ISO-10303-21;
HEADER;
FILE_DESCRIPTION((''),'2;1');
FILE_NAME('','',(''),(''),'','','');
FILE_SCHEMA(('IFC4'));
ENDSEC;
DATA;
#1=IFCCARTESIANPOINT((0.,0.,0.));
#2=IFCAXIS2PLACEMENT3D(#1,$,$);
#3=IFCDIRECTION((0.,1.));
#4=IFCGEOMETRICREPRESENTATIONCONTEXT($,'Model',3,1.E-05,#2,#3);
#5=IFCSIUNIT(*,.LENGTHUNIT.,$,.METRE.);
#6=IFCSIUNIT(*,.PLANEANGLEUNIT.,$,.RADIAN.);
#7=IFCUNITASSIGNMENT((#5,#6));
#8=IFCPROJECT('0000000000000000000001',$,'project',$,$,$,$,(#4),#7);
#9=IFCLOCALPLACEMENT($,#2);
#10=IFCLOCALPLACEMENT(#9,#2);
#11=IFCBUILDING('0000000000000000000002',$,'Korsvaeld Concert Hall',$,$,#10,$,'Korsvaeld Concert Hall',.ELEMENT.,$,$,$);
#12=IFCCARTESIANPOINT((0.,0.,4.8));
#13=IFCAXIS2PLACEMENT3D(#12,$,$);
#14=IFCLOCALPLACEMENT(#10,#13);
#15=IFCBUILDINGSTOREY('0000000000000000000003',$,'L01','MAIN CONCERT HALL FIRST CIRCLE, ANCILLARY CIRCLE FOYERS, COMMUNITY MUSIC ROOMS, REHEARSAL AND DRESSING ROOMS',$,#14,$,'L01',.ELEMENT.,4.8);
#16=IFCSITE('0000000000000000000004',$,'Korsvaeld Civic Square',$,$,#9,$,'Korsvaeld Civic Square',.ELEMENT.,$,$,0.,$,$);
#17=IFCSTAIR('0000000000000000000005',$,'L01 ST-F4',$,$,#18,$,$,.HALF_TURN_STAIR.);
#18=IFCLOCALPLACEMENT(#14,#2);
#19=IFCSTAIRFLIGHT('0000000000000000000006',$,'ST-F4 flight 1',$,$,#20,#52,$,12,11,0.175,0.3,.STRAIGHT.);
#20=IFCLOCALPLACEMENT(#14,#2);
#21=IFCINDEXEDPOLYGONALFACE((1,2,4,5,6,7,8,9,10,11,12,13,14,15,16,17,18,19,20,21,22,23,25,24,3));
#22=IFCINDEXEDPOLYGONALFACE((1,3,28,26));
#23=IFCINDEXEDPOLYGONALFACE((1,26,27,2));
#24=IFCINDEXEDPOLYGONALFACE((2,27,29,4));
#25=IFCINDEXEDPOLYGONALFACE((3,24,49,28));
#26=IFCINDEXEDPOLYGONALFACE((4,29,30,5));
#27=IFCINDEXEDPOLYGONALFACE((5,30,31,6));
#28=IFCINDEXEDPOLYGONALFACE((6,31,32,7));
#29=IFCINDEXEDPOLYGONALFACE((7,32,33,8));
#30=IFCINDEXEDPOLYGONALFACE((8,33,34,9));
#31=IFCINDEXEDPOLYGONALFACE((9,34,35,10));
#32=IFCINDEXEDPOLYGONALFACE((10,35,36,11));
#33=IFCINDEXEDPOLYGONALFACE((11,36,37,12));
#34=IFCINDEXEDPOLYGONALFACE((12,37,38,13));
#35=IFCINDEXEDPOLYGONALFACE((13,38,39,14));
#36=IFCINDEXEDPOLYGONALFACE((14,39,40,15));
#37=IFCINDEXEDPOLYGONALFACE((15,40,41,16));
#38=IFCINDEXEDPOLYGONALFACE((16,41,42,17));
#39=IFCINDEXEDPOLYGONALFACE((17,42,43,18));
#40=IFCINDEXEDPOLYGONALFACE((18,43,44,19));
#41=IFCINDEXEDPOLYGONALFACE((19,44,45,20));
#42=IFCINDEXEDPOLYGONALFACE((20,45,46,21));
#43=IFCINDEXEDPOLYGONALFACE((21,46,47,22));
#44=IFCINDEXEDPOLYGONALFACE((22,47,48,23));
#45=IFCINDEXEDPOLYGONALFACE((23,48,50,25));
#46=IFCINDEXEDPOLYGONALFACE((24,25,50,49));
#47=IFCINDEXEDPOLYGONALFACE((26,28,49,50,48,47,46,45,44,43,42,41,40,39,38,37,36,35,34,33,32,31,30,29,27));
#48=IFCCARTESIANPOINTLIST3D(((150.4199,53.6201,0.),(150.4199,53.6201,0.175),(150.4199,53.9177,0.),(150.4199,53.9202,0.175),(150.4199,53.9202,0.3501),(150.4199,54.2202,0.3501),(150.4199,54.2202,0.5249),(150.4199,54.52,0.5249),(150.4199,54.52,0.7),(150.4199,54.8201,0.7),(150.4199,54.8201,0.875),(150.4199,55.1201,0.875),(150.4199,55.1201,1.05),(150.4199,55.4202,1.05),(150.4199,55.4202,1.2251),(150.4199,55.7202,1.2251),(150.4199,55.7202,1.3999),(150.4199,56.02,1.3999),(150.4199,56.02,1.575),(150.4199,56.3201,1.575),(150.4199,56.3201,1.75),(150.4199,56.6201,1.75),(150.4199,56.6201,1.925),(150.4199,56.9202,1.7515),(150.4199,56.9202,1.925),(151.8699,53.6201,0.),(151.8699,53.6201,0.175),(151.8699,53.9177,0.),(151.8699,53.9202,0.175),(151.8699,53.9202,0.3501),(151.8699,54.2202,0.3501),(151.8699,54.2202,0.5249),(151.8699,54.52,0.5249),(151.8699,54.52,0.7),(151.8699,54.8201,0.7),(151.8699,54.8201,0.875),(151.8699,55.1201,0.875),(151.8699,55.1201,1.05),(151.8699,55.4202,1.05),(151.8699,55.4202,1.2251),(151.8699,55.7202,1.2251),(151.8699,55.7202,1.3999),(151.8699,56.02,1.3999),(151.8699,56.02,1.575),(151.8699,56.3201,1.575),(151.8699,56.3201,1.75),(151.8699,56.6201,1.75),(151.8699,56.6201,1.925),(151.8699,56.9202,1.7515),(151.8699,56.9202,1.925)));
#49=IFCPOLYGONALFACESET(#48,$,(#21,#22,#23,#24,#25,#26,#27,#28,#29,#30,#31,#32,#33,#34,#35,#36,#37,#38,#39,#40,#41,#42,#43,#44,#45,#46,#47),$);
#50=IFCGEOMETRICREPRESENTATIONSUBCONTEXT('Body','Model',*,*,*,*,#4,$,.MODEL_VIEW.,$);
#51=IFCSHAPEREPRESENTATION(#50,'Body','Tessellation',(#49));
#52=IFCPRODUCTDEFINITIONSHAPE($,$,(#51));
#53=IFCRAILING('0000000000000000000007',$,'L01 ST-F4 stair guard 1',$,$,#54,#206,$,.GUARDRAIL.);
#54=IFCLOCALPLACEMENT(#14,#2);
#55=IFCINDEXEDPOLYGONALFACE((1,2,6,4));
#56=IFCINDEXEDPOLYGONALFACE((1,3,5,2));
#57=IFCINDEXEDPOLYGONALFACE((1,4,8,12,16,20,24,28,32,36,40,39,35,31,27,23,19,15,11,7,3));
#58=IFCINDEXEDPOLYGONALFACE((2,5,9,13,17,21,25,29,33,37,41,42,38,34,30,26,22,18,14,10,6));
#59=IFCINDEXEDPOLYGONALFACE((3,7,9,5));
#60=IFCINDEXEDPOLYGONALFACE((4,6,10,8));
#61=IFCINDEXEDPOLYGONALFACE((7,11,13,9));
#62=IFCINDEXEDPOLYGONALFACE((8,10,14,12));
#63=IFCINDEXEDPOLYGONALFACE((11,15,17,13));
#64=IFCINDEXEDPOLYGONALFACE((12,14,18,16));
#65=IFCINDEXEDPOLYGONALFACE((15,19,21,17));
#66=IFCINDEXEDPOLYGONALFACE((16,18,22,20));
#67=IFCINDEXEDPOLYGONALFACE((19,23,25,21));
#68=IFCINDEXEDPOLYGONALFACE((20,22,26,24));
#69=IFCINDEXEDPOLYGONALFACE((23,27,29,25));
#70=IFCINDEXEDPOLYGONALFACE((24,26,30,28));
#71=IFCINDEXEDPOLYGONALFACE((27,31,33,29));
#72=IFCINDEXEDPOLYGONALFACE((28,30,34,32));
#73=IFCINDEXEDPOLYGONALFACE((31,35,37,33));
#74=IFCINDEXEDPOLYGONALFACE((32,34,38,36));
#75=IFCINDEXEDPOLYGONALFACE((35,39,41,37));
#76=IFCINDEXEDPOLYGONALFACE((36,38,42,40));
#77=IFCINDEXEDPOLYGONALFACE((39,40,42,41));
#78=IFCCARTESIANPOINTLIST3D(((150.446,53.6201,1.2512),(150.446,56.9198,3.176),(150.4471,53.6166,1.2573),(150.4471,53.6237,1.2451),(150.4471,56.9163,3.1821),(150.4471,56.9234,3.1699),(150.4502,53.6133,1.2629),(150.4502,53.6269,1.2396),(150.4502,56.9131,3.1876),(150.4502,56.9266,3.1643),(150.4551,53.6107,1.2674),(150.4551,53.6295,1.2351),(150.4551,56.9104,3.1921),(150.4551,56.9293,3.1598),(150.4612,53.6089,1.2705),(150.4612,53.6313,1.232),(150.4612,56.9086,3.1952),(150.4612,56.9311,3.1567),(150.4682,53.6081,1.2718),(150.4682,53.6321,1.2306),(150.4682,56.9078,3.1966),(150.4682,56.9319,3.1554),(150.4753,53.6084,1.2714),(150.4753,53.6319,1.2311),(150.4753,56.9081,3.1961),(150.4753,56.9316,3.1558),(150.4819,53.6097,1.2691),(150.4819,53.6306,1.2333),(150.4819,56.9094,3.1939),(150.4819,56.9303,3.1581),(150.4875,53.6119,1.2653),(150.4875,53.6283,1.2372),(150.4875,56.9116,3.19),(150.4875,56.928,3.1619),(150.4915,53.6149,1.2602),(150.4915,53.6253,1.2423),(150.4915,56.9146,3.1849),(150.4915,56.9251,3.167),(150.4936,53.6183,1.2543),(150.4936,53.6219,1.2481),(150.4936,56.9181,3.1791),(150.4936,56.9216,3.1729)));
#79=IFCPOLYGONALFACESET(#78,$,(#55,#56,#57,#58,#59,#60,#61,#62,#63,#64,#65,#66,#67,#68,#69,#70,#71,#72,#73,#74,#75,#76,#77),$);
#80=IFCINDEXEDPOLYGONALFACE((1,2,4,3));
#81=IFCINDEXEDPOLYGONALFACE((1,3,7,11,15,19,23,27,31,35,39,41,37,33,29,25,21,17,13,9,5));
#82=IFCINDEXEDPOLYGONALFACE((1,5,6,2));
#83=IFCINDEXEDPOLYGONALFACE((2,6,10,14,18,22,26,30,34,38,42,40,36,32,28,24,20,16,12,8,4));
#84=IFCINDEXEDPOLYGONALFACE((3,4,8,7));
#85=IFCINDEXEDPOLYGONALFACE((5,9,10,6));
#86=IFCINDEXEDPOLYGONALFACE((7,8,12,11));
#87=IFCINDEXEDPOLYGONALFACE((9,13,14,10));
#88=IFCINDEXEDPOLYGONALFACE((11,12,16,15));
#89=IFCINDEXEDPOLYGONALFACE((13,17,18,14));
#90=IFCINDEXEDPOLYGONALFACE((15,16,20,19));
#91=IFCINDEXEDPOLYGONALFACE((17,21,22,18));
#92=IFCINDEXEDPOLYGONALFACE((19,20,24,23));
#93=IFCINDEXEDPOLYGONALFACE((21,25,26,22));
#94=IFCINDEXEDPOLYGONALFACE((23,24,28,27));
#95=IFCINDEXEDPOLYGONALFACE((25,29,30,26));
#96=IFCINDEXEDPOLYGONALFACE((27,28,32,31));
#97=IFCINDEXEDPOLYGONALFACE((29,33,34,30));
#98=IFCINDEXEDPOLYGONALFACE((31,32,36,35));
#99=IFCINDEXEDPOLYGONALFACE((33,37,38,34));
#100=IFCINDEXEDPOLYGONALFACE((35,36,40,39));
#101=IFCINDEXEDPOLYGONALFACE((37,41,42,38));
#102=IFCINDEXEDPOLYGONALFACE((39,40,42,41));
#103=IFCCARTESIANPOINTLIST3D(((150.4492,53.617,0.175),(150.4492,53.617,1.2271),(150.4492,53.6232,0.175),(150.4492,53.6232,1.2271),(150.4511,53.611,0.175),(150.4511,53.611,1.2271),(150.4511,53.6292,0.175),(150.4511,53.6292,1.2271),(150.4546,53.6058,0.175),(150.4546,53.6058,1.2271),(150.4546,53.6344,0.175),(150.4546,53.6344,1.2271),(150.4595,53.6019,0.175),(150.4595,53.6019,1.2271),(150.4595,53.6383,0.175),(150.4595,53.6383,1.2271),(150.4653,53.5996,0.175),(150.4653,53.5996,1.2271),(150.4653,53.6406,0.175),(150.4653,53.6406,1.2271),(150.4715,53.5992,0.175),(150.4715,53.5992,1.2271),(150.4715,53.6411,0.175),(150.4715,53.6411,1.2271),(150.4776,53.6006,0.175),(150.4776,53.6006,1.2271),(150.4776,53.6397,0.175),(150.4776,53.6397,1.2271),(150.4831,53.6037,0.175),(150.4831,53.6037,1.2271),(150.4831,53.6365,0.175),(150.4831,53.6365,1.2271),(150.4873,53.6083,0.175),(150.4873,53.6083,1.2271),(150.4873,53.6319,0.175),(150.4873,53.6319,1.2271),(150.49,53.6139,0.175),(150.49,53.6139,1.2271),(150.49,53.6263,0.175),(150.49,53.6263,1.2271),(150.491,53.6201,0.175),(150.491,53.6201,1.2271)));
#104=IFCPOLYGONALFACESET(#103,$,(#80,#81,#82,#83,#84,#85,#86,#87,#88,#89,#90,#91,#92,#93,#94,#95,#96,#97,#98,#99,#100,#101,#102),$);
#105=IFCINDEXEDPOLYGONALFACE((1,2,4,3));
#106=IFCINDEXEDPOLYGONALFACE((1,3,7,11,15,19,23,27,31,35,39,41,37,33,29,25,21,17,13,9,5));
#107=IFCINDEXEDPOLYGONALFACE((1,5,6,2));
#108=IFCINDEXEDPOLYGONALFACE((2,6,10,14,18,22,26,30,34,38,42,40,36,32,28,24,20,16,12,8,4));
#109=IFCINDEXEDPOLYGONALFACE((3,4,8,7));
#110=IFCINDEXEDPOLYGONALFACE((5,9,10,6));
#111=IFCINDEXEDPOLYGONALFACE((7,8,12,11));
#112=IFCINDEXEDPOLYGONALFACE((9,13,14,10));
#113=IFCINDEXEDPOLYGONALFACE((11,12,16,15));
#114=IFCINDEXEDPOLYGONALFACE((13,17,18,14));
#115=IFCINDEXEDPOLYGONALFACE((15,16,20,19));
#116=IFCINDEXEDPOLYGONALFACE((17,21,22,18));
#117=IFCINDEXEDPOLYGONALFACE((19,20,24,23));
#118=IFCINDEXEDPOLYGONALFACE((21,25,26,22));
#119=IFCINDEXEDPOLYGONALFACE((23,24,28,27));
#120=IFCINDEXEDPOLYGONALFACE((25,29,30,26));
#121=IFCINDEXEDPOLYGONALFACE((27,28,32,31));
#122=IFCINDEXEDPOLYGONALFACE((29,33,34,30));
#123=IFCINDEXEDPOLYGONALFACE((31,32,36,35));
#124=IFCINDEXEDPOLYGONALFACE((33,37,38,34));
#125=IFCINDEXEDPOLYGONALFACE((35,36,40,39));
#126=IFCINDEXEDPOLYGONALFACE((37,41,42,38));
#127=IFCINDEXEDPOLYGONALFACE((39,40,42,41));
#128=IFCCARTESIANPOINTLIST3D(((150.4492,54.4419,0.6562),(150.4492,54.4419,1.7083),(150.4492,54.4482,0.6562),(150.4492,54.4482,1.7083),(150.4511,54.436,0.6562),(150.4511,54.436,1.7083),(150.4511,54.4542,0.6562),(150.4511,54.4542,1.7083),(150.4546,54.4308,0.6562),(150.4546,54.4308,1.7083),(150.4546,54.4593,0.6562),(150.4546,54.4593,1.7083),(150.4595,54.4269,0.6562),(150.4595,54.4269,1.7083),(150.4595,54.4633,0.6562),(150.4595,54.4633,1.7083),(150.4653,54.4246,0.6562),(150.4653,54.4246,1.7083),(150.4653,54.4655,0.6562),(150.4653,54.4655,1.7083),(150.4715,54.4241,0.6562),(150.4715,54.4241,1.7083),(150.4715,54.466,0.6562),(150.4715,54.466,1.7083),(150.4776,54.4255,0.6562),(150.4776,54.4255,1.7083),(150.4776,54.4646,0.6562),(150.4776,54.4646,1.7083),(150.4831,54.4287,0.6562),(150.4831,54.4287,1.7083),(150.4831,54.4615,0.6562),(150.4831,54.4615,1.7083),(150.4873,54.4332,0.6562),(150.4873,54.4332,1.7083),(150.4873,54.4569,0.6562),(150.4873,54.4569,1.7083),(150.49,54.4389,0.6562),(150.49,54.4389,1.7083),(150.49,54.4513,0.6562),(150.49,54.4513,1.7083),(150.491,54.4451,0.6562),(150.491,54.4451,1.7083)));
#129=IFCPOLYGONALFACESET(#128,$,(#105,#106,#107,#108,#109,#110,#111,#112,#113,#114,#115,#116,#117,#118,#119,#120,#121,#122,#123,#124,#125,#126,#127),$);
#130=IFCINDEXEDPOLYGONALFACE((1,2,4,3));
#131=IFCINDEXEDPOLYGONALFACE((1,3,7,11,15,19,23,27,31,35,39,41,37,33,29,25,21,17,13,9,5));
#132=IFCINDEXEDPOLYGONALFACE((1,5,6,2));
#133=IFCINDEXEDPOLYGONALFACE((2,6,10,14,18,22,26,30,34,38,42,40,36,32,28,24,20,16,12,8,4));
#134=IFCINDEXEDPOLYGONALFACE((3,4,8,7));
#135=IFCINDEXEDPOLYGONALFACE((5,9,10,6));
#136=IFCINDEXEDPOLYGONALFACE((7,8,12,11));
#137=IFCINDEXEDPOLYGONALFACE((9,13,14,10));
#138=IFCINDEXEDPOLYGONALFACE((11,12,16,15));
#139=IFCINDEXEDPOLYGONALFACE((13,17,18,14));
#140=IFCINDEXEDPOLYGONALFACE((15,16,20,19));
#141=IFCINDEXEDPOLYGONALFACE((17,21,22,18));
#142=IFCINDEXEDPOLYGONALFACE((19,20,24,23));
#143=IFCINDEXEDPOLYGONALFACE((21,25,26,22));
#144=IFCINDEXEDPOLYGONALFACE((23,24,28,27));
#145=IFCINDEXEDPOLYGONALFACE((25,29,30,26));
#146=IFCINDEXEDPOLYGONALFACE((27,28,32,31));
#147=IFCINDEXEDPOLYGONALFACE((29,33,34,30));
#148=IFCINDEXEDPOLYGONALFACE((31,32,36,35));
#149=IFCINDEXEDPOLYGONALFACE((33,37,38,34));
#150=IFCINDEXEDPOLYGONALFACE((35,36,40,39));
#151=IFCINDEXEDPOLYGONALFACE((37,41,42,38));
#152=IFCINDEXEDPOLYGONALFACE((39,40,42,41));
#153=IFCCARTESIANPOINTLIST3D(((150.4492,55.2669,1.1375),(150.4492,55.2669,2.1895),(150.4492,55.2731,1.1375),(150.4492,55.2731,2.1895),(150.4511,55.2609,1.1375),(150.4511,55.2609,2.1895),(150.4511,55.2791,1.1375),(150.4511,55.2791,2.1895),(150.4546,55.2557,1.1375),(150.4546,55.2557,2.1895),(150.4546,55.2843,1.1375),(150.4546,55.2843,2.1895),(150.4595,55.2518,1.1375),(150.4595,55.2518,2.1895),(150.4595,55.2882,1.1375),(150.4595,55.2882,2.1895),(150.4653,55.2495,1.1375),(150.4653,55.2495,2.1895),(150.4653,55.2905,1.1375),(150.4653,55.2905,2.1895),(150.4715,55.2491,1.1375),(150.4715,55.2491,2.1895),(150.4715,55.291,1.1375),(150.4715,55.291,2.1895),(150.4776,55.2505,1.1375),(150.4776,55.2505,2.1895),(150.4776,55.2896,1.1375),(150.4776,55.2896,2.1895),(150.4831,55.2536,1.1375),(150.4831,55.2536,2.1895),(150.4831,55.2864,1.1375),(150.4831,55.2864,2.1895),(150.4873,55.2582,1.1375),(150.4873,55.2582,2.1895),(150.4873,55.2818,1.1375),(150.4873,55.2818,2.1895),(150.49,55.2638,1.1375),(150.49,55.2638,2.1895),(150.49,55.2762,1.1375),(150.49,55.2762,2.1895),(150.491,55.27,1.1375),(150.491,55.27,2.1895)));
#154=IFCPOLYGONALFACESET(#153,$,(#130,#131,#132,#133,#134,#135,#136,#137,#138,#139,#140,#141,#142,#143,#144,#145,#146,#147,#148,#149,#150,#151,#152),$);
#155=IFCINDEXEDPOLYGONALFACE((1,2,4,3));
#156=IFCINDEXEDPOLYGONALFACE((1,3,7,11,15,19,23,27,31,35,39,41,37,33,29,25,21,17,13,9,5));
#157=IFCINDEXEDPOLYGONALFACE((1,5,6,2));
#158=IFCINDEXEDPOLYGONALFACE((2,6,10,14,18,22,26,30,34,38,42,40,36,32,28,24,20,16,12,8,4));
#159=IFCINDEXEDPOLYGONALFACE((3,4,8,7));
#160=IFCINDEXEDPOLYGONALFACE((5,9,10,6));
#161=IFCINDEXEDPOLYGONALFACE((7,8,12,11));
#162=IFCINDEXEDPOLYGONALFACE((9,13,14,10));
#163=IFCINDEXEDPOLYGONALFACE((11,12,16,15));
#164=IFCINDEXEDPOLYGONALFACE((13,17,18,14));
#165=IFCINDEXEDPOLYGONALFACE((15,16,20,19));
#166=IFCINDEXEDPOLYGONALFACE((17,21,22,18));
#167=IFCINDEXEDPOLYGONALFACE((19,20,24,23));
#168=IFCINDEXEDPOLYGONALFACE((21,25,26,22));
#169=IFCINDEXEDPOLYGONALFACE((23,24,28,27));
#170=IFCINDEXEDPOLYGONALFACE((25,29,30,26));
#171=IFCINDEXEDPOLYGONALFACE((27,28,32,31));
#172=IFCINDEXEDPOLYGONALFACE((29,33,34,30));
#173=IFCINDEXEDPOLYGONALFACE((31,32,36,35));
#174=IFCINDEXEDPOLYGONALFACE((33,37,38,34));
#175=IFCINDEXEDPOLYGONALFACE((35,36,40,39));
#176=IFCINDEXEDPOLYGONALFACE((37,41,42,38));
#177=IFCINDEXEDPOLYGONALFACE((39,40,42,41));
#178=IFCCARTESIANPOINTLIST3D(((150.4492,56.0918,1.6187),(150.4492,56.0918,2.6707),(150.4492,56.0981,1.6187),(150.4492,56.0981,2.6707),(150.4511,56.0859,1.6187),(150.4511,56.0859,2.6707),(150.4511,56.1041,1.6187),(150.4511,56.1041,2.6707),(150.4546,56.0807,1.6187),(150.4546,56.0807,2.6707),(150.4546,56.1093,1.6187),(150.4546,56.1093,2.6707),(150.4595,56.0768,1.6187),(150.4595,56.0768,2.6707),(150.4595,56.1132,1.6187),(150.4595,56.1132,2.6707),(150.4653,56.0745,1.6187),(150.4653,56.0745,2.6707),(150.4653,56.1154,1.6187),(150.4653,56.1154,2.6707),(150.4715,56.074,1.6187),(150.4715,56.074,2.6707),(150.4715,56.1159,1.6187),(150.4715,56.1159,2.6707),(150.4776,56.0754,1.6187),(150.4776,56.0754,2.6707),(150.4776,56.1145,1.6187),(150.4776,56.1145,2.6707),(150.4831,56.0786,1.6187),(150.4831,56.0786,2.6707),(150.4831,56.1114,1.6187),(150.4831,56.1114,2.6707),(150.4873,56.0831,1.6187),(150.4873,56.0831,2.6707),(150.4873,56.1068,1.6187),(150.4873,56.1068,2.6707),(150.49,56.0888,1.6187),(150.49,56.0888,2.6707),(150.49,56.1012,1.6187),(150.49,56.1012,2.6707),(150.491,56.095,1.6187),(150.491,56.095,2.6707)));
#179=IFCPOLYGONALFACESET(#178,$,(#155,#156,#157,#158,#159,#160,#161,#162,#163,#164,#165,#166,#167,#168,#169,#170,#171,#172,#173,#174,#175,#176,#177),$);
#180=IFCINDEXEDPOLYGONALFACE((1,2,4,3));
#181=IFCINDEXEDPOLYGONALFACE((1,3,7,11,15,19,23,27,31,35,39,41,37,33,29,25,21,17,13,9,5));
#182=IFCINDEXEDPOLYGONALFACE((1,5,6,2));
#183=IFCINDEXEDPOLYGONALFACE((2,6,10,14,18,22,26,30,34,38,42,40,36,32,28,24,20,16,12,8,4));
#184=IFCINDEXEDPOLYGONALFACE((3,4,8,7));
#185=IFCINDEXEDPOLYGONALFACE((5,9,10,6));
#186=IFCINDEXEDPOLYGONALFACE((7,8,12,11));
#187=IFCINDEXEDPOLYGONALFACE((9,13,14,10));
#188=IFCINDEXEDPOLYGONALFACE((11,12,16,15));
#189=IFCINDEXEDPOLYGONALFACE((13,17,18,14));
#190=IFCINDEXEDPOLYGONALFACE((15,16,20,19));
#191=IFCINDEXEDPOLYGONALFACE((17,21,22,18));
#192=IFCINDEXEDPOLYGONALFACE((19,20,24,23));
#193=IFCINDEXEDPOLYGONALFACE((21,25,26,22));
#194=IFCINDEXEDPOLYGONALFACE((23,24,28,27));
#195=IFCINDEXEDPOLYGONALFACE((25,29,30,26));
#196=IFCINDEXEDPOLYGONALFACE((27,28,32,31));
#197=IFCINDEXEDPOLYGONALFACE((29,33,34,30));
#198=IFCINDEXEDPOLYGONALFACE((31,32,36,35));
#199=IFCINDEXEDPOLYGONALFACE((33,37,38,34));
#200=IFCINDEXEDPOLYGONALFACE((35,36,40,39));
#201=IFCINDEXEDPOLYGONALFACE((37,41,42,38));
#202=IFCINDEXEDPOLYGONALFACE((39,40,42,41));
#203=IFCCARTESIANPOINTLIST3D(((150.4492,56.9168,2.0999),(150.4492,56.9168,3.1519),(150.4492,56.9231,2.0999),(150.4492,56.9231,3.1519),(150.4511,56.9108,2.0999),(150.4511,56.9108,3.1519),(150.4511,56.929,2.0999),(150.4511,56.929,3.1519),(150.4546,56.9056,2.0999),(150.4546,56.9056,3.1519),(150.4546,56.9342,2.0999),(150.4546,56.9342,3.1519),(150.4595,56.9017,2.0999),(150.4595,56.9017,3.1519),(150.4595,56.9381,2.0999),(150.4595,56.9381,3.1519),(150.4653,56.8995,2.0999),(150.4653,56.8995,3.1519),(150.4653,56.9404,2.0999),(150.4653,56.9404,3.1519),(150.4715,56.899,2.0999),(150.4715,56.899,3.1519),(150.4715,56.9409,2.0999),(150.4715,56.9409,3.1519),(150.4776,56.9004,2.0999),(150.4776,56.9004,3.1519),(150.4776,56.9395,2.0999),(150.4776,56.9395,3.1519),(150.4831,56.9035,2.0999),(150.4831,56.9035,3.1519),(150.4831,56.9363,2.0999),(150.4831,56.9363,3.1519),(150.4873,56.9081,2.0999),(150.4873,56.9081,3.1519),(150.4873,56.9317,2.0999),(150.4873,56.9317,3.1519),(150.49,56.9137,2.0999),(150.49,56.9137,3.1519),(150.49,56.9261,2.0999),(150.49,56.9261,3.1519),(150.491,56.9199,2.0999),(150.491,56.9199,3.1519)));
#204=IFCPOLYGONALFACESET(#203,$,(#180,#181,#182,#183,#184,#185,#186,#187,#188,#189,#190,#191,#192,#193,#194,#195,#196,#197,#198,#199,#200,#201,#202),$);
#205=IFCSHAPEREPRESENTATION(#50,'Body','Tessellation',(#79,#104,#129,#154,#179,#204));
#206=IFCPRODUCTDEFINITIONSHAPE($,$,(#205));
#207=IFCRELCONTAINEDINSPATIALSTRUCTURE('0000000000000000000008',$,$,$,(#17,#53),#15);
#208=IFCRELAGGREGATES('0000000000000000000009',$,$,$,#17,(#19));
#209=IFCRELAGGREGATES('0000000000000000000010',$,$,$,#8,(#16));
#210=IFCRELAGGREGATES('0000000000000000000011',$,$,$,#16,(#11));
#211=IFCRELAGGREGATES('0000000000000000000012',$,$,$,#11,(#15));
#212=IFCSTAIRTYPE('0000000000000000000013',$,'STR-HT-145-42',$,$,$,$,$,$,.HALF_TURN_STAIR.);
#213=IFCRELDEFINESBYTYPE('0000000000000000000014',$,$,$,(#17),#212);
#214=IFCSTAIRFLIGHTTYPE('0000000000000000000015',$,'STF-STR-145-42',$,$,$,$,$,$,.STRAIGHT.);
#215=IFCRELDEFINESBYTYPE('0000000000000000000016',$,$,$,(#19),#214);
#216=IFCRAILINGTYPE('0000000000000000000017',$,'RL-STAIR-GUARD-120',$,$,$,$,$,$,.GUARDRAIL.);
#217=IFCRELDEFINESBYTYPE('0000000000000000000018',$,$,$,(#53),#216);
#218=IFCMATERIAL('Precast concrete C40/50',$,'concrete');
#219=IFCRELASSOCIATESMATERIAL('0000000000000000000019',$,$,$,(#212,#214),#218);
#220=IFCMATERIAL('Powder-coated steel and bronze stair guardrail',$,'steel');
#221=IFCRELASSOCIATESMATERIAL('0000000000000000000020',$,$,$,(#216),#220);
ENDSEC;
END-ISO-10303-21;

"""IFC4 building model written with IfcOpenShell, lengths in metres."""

from ifc_helpers import new_model, si_unit, direction, frame, origin, origin_2d, place, context, subcontext, project, spatial, polyline, circle, outline, extrude, material, type_object, element, aggregate, save


model = new_model("IFC4")

# Units and contexts
model_context = context("Model", 3, precision=1e-05, world=origin(), true_north=direction((0.0, 1.0)))
body_context = subcontext(model_context, "Body", "Model", "MODEL_VIEW")
ifc_project = project(units=[si_unit("LENGTHUNIT", "METRE"), si_unit("PLANEANGLEUNIT", "RADIAN")], contexts=[model_context])

# Site, building, storey
site_placement = place(None, origin())
site = spatial("IfcSite", under=ifc_project, at=site_placement, Name="Korsvaeld Civic Square", LongName="Korsvaeld Civic Square", CompositionType="ELEMENT", RefElevation=0.0)
building_placement = place(site_placement, origin())
building = spatial("IfcBuilding", under=site, at=building_placement, Name="Korsvaeld Concert Hall", LongName="Korsvaeld Concert Hall", CompositionType="ELEMENT")
storey_placement = place(building_placement, frame((0.0, 0.0, 4.8)))
storey = spatial("IfcBuildingStorey", under=building, at=storey_placement, Name="L01", Description="MAIN CONCERT HALL FIRST CIRCLE, ANCILLARY CIRCLE FOYERS, COMMUNITY MUSIC ROOMS, REHEARSAL AND DRESSING ROOMS", LongName="L01", CompositionType="ELEMENT", Elevation=4.8)

# Stair, stair flight
ifc_material_1 = material(Name="Precast concrete C40/50", Category="concrete")
stair_type = type_object("IfcStairType", Name="STR-HT-145-42", PredefinedType="HALF_TURN_STAIR", material=ifc_material_1)
stair_placement = place(storey_placement, origin())
stair = element("IfcStair", 1, at=stair_placement, inside=storey, type_object=stair_type, Name="L01 ST-F4", PredefinedType="HALF_TURN_STAIR")
stair_flight_type = type_object("IfcStairFlightType", Name="STF-STR-145-42", PredefinedType="STRAIGHT", material=ifc_material_1)
stair_flight_placement = place(storey_placement, frame((151.145, 53.6201, 0.0), z_axis=(0.0, 0.0, 1.0), x_axis=(0.0, 1.0, 0.0)))
stair_flight = element("IfcStairFlight", 2, at=stair_flight_placement, type_object=stair_flight_type, Name="ST-F4 flight 1", NumberOfRisers=12, NumberOfTreads=11, PredefinedType="STRAIGHT", RiserHeight=0.175, TreadLength=0.3, context=body_context, shape_type="SweptSolid", body=[
    extrude(outline(polyline([(0.0, 0.0), (0.0, 0.175), (0.3, 0.175), (0.3, 0.3501), (0.6001, 0.3501), (0.6001, 0.5249), (0.8999, 0.5249), (0.8999, 0.7), (1.2, 0.7), (1.2, 0.875), (1.5, 0.875), (1.5, 1.05), (1.8, 1.05), (1.8, 1.2251), (2.1001, 1.2251), (2.1001, 1.3999), (2.3999, 1.3999), (2.3999, 1.575), (2.7, 1.575), (2.7, 1.75), (3.0, 1.75), (3.0, 1.925), (3.3, 1.925), (3.3, 2.1001), (3.3, 1.7515), (0.2976, 0.0), (0.0, 0.0)])), frame((0.0, 0.7251, 0.0), z_axis=(0.0, -1.0, 0.0), x_axis=(1.0, 0.0, 0.0)), (0.0, 0.0, 1.0), 1.45),
])
aggregate(stair, [stair_flight])

# Railing
ifc_material_2 = material(Name="Powder-coated steel and bronze stair guardrail", Category="steel")
railing_type_1 = type_object("IfcRailingType", Name="RL-STAIR-GUARD-120", PredefinedType="GUARDRAIL", material=ifc_material_2)
railing_1_placement = place(storey_placement, frame((150.47, 53.6201, 0.175)))
element("IfcRailing", 3, at=railing_1_placement, inside=storey, type_object=railing_type_1, Name="L01 ST-F4 stair guard 1", PredefinedType="GUARDRAIL", context=body_context, shape_type="SweptSolid", body=[
    extrude(circle(Radius=0.0239, at=origin_2d()), frame((0.0, 0.0, 1.0762), z_axis=(0.0, 0.863788, 0.503855), x_axis=(-1.0, 0.0, 0.0)), (0.0, 0.0, 1.0), 3.8201),
    extrude(circle(Radius=0.021, at=origin_2d()), origin(), (0.0, 0.0, 1.0), 1.052),
    extrude(circle(Radius=0.021, at=origin_2d()), frame((0.0, 0.825, 0.4812)), (0.0, 0.0, 1.0), 1.052),
    extrude(circle(Radius=0.021, at=origin_2d()), frame((0.0, 1.6499, 0.9624)), (0.0, 0.0, 1.0), 1.052),
    extrude(circle(Radius=0.021, at=origin_2d()), frame((0.0, 2.4749, 1.4436)), (0.0, 0.0, 1.0), 1.052),
    extrude(circle(Radius=0.021, at=origin_2d()), frame((0.0, 3.2998, 1.9248)), (0.0, 0.0, 1.0), 1.052),
])

save(model, "model.ifc")
